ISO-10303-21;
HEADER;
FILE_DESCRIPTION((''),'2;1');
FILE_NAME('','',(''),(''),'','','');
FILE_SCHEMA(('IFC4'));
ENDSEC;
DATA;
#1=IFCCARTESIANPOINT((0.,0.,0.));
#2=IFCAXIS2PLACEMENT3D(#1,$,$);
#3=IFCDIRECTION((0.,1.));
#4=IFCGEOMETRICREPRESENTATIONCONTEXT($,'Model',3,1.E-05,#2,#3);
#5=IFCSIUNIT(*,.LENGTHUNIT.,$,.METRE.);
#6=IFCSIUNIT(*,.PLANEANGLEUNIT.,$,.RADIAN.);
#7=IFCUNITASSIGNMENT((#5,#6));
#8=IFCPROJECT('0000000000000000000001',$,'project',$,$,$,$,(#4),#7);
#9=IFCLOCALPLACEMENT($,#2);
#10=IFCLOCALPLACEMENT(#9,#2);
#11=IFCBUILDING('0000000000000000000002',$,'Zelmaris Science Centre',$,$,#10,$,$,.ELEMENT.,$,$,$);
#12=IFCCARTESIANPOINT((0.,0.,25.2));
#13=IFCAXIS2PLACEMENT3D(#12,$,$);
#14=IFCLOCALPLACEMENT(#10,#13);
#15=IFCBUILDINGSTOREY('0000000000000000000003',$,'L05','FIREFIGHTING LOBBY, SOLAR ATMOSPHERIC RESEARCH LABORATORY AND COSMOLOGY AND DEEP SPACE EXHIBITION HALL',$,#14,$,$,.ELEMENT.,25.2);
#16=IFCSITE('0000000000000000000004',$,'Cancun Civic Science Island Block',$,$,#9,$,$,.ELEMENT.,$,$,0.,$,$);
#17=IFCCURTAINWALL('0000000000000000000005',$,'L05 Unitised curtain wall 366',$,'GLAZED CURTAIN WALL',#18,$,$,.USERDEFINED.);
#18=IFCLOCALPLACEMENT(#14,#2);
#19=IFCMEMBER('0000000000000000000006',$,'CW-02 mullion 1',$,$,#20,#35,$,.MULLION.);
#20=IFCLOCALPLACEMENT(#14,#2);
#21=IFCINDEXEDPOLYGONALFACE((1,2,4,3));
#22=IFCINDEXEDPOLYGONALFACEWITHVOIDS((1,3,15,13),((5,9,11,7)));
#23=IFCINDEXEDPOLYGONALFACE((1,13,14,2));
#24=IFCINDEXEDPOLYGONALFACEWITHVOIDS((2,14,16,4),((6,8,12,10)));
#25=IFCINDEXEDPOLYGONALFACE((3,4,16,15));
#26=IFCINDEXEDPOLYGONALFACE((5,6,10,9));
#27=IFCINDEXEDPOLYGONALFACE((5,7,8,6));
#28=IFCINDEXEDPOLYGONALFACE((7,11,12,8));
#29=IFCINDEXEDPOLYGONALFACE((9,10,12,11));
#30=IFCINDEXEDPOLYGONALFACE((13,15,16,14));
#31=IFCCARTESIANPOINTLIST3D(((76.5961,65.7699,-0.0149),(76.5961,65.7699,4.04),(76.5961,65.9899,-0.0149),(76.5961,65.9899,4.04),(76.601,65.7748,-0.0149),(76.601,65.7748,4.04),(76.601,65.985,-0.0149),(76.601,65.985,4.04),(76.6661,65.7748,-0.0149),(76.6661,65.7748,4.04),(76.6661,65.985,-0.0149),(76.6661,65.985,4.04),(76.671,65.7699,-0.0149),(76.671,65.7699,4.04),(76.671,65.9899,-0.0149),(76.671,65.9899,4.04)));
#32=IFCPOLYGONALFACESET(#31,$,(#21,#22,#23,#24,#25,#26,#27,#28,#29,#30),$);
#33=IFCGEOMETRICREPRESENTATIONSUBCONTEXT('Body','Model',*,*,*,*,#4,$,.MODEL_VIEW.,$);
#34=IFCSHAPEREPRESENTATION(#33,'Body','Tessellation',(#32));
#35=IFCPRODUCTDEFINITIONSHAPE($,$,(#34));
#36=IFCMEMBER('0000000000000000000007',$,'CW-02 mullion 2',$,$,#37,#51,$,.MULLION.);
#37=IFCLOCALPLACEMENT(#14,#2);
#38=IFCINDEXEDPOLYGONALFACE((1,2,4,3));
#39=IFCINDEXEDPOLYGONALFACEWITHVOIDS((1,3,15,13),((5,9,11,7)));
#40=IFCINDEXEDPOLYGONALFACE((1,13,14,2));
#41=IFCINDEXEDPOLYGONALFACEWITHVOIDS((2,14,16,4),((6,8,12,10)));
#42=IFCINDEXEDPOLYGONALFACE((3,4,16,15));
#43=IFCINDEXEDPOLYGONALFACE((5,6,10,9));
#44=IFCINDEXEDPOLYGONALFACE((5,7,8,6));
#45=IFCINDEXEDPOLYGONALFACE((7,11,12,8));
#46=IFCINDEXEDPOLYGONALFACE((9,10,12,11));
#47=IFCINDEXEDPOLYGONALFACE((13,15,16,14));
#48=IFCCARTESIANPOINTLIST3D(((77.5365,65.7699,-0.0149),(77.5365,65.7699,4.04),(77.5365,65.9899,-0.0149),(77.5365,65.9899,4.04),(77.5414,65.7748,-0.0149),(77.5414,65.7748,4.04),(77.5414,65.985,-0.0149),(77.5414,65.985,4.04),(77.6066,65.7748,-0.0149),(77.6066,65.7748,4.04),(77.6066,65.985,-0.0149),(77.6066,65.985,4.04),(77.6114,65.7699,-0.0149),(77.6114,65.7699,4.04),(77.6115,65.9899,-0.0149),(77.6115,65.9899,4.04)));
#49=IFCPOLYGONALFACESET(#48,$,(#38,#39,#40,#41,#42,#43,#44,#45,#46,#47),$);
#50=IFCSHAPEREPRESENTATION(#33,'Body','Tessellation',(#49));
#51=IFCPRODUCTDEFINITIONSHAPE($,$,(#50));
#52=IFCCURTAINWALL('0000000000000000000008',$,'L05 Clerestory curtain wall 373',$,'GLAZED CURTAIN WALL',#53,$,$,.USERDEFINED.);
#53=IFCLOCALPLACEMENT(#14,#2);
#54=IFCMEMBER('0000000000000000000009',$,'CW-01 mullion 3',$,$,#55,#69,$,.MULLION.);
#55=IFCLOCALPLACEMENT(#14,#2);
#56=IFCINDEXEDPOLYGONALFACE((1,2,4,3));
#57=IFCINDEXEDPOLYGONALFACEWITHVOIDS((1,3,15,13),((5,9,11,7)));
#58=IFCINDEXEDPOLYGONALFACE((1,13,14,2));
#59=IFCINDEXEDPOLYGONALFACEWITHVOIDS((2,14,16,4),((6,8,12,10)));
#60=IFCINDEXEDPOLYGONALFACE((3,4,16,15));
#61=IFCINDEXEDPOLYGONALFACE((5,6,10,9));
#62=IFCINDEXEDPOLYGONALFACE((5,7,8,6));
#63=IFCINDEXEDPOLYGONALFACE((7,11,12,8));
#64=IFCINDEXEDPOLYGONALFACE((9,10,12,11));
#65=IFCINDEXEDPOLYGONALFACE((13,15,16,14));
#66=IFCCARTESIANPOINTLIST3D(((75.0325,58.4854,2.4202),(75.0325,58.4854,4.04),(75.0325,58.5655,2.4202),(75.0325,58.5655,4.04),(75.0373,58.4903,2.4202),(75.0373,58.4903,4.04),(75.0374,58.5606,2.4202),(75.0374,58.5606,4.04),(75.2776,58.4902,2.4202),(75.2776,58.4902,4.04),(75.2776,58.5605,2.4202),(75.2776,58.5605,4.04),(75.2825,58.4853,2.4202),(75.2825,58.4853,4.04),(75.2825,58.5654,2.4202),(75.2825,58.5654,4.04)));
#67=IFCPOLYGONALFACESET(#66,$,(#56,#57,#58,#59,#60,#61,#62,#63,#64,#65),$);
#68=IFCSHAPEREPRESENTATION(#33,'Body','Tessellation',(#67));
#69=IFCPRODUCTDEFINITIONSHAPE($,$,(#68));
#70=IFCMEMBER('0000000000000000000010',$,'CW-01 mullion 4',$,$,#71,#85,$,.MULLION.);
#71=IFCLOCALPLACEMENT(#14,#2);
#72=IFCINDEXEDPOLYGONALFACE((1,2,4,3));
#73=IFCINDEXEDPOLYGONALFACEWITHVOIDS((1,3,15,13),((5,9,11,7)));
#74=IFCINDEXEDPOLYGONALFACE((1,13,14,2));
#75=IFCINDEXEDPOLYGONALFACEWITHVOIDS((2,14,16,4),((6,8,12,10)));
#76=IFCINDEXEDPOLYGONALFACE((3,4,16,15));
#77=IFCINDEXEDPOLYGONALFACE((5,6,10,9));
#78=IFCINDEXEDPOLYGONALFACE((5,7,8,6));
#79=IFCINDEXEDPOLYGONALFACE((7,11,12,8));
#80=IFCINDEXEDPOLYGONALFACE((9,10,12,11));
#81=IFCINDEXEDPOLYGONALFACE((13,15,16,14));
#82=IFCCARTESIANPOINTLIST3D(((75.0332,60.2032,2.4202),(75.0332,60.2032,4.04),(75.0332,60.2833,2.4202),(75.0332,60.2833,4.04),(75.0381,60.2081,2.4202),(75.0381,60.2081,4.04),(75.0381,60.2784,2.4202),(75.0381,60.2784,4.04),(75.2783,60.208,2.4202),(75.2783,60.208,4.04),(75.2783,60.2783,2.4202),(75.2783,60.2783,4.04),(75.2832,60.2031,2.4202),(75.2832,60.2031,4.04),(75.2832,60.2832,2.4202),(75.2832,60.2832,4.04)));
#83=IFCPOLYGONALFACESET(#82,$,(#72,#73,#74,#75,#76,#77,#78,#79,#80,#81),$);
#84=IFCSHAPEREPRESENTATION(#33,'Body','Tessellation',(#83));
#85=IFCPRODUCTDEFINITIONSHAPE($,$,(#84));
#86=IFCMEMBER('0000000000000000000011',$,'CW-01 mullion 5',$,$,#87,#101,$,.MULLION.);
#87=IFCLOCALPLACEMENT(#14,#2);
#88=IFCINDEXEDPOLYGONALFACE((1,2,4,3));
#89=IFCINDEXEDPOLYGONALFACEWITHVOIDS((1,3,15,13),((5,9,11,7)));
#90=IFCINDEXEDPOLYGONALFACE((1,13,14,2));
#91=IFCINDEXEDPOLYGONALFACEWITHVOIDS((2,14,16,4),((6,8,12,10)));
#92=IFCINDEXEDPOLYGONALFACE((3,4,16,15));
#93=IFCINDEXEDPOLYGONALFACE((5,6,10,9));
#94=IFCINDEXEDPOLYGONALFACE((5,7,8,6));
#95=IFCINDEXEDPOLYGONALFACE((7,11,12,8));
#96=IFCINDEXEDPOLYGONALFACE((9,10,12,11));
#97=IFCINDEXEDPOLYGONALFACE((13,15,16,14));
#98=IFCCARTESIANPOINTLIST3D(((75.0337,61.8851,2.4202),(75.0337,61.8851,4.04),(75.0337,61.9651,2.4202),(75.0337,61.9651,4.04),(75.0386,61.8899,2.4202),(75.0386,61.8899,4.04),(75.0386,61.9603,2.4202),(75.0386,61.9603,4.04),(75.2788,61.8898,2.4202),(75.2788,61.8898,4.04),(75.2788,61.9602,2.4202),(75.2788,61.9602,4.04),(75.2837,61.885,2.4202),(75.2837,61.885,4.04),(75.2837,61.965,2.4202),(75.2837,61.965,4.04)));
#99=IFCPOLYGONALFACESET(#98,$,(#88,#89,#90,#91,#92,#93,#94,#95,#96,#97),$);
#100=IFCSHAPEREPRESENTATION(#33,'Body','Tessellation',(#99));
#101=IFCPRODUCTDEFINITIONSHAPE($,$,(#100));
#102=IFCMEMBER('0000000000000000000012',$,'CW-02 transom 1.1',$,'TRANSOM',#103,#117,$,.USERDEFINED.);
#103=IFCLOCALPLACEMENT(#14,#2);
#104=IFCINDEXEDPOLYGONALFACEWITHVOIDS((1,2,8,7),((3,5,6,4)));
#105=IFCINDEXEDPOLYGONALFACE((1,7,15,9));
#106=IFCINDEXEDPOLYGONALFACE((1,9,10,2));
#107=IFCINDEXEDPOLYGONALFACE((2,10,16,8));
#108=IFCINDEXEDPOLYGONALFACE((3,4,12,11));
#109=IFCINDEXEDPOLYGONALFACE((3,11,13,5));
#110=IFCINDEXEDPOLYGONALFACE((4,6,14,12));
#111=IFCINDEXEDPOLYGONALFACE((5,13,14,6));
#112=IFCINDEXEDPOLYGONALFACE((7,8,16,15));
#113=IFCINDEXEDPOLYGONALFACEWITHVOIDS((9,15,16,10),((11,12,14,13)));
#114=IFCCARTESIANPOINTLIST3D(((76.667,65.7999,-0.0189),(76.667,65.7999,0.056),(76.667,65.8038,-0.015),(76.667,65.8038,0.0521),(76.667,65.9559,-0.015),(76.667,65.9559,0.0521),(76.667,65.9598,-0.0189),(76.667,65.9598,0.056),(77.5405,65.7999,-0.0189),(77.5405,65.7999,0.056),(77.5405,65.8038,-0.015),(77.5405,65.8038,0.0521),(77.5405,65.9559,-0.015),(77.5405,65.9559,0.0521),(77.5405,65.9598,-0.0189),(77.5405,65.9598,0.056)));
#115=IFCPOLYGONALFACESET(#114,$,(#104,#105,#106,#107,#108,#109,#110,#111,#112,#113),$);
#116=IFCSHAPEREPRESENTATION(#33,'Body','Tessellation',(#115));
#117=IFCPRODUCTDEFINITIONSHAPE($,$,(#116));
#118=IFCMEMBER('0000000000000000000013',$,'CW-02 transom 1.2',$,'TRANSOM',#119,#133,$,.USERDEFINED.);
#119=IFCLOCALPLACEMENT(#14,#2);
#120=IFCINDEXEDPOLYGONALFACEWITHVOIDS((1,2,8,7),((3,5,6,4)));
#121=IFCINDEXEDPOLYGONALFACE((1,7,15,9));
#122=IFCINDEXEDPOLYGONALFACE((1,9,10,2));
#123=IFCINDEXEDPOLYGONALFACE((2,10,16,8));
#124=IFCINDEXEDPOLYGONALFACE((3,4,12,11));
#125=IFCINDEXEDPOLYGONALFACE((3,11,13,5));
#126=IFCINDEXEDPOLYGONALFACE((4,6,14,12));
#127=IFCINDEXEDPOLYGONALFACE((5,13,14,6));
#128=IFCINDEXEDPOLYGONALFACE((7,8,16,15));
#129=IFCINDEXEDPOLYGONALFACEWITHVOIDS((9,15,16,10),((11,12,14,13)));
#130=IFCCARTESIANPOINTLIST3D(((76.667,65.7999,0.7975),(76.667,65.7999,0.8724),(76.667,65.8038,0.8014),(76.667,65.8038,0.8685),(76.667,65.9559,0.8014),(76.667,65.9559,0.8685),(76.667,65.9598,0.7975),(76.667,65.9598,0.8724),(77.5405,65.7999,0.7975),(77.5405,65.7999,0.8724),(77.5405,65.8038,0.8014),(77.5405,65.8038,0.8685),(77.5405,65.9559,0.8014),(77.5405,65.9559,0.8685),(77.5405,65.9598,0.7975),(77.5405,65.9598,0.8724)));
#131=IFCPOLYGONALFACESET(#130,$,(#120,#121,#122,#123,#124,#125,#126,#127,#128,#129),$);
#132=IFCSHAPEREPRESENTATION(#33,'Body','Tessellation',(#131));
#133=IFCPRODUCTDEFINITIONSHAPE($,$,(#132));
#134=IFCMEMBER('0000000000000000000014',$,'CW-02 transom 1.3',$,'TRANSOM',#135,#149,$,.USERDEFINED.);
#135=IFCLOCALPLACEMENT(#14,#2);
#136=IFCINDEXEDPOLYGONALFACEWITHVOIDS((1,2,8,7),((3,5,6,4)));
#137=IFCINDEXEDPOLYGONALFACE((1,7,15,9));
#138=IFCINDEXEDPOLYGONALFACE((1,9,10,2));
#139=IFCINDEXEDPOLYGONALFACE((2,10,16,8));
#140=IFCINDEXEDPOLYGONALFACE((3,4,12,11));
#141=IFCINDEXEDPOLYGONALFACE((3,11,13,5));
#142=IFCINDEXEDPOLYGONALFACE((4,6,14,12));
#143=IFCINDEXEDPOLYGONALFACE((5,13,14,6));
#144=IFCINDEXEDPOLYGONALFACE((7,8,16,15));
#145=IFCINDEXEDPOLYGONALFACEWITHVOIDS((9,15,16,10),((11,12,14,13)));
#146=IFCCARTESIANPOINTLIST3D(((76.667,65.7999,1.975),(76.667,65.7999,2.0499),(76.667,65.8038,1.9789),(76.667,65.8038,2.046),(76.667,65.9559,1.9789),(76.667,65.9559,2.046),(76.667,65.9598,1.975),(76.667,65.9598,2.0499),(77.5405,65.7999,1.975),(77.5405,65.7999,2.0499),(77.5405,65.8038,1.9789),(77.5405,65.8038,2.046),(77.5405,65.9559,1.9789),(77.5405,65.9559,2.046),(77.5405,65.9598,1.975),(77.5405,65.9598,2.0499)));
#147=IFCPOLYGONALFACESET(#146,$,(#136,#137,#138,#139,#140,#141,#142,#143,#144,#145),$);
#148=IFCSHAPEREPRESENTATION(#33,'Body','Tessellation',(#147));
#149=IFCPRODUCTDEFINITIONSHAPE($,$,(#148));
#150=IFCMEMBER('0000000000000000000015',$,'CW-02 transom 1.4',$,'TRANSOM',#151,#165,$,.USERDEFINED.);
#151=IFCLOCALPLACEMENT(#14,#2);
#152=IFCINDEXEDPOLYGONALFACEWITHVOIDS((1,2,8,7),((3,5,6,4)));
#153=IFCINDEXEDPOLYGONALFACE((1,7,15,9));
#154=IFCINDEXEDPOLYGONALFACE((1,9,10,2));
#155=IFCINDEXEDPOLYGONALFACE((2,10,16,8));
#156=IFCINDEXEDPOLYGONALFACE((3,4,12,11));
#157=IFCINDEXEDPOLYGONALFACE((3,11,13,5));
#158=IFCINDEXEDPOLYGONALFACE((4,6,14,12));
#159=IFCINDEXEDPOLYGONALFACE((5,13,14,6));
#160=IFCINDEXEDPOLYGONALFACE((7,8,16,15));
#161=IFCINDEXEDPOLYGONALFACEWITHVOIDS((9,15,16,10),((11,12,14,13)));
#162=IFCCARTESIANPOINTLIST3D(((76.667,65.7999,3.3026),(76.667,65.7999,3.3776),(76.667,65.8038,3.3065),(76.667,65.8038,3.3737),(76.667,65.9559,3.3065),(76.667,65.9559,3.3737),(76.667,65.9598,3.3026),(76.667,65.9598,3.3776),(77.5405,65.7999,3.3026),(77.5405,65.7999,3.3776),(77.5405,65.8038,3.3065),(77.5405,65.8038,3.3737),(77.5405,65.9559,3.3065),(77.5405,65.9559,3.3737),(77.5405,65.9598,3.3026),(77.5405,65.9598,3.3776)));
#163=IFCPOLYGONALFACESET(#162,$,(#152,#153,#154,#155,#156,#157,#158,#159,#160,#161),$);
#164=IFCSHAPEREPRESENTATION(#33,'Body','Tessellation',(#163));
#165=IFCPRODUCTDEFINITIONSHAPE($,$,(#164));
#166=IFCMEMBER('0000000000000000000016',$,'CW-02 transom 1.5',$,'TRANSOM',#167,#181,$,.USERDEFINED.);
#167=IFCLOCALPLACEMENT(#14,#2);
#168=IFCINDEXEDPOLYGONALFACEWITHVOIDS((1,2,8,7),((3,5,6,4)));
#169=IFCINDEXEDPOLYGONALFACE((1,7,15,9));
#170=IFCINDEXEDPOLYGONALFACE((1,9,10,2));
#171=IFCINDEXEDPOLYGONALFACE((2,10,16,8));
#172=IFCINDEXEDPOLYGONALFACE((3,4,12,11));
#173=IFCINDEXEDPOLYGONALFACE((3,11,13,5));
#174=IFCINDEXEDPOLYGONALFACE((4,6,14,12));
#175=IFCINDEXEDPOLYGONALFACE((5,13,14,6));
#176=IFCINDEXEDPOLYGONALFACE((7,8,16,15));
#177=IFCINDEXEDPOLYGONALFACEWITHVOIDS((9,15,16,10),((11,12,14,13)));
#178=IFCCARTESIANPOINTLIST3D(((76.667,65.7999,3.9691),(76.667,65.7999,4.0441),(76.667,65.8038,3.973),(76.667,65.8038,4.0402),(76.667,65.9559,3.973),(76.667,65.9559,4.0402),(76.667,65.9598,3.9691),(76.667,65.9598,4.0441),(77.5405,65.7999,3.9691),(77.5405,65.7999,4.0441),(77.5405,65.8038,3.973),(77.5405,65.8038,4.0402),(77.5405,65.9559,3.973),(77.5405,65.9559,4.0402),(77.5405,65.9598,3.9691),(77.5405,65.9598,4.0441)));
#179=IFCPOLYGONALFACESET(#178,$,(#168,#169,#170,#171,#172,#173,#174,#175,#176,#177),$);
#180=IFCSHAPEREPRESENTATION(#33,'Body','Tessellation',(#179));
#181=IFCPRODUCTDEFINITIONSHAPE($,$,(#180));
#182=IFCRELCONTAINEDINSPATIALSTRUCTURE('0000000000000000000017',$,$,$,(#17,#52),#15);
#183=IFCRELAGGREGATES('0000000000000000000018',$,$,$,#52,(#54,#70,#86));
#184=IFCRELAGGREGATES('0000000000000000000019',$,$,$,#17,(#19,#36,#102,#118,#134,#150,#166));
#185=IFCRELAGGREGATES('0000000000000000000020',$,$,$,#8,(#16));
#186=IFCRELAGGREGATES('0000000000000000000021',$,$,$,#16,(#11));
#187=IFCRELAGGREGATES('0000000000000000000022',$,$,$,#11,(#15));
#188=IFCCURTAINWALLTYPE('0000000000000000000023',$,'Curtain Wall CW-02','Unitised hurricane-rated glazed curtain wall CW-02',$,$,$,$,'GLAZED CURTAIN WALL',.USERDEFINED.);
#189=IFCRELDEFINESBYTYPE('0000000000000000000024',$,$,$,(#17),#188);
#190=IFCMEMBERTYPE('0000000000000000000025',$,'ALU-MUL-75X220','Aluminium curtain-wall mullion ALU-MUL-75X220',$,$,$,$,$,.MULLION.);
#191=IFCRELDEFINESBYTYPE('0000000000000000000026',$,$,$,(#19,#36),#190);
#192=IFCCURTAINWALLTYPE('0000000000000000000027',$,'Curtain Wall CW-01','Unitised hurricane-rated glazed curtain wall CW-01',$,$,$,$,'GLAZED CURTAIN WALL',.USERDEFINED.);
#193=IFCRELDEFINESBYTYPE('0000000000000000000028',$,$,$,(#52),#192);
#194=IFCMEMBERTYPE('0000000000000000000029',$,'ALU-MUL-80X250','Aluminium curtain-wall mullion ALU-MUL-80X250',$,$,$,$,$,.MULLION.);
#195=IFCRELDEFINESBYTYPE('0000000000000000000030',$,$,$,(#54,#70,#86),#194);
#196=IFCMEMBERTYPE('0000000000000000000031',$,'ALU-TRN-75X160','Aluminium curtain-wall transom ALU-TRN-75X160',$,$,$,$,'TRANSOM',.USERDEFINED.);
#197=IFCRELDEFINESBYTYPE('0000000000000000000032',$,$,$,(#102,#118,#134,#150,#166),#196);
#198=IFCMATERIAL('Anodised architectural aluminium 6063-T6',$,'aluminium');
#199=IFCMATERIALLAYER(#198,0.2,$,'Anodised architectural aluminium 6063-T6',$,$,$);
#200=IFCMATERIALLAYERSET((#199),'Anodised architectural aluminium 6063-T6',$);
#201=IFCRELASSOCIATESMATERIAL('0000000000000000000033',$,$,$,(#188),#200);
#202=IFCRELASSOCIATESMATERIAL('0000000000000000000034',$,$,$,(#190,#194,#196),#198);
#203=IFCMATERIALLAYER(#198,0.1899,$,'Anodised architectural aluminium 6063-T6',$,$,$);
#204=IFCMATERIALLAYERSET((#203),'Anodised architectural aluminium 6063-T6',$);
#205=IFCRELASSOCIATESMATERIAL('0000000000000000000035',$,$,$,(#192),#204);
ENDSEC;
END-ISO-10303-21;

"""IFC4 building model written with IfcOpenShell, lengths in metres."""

from ifc_helpers import new_model, si_unit, direction, frame, origin, origin_2d, place, context, subcontext, project, spatial, hollow_rectangle, extrude, material, layer, layer_set, material_profile, profile_set, type_object, element, aggregate, save


model = new_model("IFC4")

# Units and contexts
model_context = context("Model", 3, precision=1e-05, world=origin(), true_north=direction((0.0, 1.0)))
body_context = subcontext(model_context, "Body", "Model", "MODEL_VIEW")
ifc_project = project(units=[si_unit("LENGTHUNIT", "METRE"), si_unit("PLANEANGLEUNIT", "RADIAN")], contexts=[model_context])

# Site, building, storey
site_placement = place(None, origin())
site = spatial("IfcSite", under=ifc_project, at=site_placement, Name="Cancun Civic Science Island Block", CompositionType="ELEMENT", RefElevation=0.0)
building_placement = place(site_placement, origin())
building = spatial("IfcBuilding", under=site, at=building_placement, Name="Zelmaris Science Centre", CompositionType="ELEMENT")
storey_placement = place(building_placement, frame((0.0, 0.0, 25.2)))
storey = spatial("IfcBuildingStorey", under=building, at=storey_placement, Name="L05", Description="FIREFIGHTING LOBBY, SOLAR ATMOSPHERIC RESEARCH LABORATORY AND COSMOLOGY AND DEEP SPACE EXHIBITION HALL", CompositionType="ELEMENT", Elevation=25.2)

# Curtain walls, members
ifc_material_1 = material(Name="Anodised architectural aluminium 6063-T6", Category="aluminium")
ifc_layer_1 = layer(ifc_material_1, 0.2, Name="Anodised architectural aluminium 6063-T6")
ifc_layer_set_1 = layer_set([ifc_layer_1], Name="Anodised architectural aluminium 6063-T6")
curtain_wall_type_1 = type_object("IfcCurtainWallType", Name="Curtain Wall CW-02", Description="Unitised hurricane-rated glazed curtain wall CW-02", ElementType="GLAZED CURTAIN WALL", PredefinedType="USERDEFINED", material=ifc_layer_set_1)
curtain_wall_1_placement = place(storey_placement, origin())
curtain_wall_1 = element("IfcCurtainWall", 1, at=curtain_wall_1_placement, inside=storey, type_object=curtain_wall_type_1, Name="L05 Unitised curtain wall 366", ObjectType="GLAZED CURTAIN WALL", PredefinedType="USERDEFINED")
ifc_material_profile_1 = material_profile(ifc_material_1, hollow_rectangle(XDim=0.075, YDim=0.22, WallThickness=0.0049, at=origin_2d()), Name="ALU-MUL-75X220")
ifc_profile_set_1 = profile_set([ifc_material_profile_1], Name="Anodised architectural aluminium 6063-T6")
member_type_1 = type_object("IfcMemberType", Name="ALU-MUL-75X220", Description="Aluminium curtain-wall mullion ALU-MUL-75X220", PredefinedType="MULLION", material=ifc_profile_set_1)
member_1_placement = place(storey_placement, frame((76.6335, 65.8799, -0.0149), z_axis=(0.0, 0.0, 1.0), x_axis=(1.0, -0.000007, 0.0)))
member_1 = element("IfcMember", 2, at=member_1_placement, type_object=member_type_1, Name="CW-02 mullion 1", PredefinedType="MULLION", context=body_context, shape_type="SweptSolid", body=[
    extrude(hollow_rectangle(XDim=0.075, YDim=0.22, WallThickness=0.0049, at=origin_2d()), origin(), (0.0, 0.0, 1.0), 4.0549),
])
member_2_placement = place(storey_placement, frame((77.574, 65.8799, -0.0149), z_axis=(0.0, 0.0, 1.0), x_axis=(1.0, -0.000007, 0.0)))
member_2 = element("IfcMember", 3, at=member_2_placement, type_object=member_type_1, Name="CW-02 mullion 2", PredefinedType="MULLION", context=body_context, shape_type="SweptSolid", body=[
    extrude(hollow_rectangle(XDim=0.075, YDim=0.22, WallThickness=0.0049, at=origin_2d()), origin(), (0.0, 0.0, 1.0), 4.0549),
])
ifc_layer_2 = layer(ifc_material_1, 0.1899, Name="Anodised architectural aluminium 6063-T6")
ifc_layer_set_2 = layer_set([ifc_layer_2], Name="Anodised architectural aluminium 6063-T6")
curtain_wall_type_2 = type_object("IfcCurtainWallType", Name="Curtain Wall CW-01", Description="Unitised hurricane-rated glazed curtain wall CW-01", ElementType="GLAZED CURTAIN WALL", PredefinedType="USERDEFINED", material=ifc_layer_set_2)
curtain_wall_2_placement = place(storey_placement, origin())
curtain_wall_2 = element("IfcCurtainWall", 4, at=curtain_wall_2_placement, inside=storey, type_object=curtain_wall_type_2, Name="L05 Clerestory curtain wall 373", ObjectType="GLAZED CURTAIN WALL", PredefinedType="USERDEFINED")
ifc_material_profile_2 = material_profile(ifc_material_1, hollow_rectangle(XDim=0.0801, YDim=0.25, WallThickness=0.0049, at=origin_2d()), Name="ALU-MUL-80X250")
ifc_profile_set_2 = profile_set([ifc_material_profile_2], Name="Anodised architectural aluminium 6063-T6")
member_type_2 = type_object("IfcMemberType", Name="ALU-MUL-80X250", Description="Aluminium curtain-wall mullion ALU-MUL-80X250", PredefinedType="MULLION", material=ifc_profile_set_2)
member_3_placement = place(storey_placement, frame((75.1575, 58.5254, 2.4202), z_axis=(0.0, 0.0, 1.0), x_axis=(0.000379, 1.0, 0.0)))
member_3 = element("IfcMember", 5, at=member_3_placement, type_object=member_type_2, Name="CW-01 mullion 3", PredefinedType="MULLION", context=body_context, shape_type="SweptSolid", body=[
    extrude(hollow_rectangle(XDim=0.0801, YDim=0.25, WallThickness=0.0049, at=origin_2d()), origin(), (0.0, 0.0, 1.0), 1.6199),
])
member_4_placement = place(storey_placement, frame((75.1582, 60.2432, 2.4202), z_axis=(0.0, 0.0, 1.0), x_axis=(0.000379, 1.0, 0.0)))
member_4 = element("IfcMember", 6, at=member_4_placement, type_object=member_type_2, Name="CW-01 mullion 4", PredefinedType="MULLION", context=body_context, shape_type="SweptSolid", body=[
    extrude(hollow_rectangle(XDim=0.0801, YDim=0.25, WallThickness=0.0049, at=origin_2d()), origin(), (0.0, 0.0, 1.0), 1.6199),
])
member_5_placement = place(storey_placement, frame((75.1587, 61.925, 2.4202), z_axis=(0.0, 0.0, 1.0), x_axis=(0.000379, 1.0, 0.0)))
member_5 = element("IfcMember", 7, at=member_5_placement, type_object=member_type_2, Name="CW-01 mullion 5", PredefinedType="MULLION", context=body_context, shape_type="SweptSolid", body=[
    extrude(hollow_rectangle(XDim=0.0801, YDim=0.25, WallThickness=0.0049, at=origin_2d()), origin(), (0.0, 0.0, 1.0), 1.6199),
])

# Members
ifc_material_profile_3 = material_profile(ifc_material_1, hollow_rectangle(XDim=0.075, YDim=0.1599, WallThickness=0.0039, at=origin_2d()), Name="ALU-TRN-75X160")
ifc_profile_set_3 = profile_set([ifc_material_profile_3], Name="Anodised architectural aluminium 6063-T6")
member_type_3 = type_object("IfcMemberType", Name="ALU-TRN-75X160", Description="Aluminium curtain-wall transom ALU-TRN-75X160", ElementType="TRANSOM", PredefinedType="USERDEFINED", material=ifc_profile_set_3)
member_6_placement = place(storey_placement, frame((76.667, 65.8799, 0.0186), z_axis=(1.0, 0.0, 0.0), x_axis=(0.0, 0.0, 1.0)))
member_6 = element("IfcMember", 8, at=member_6_placement, type_object=member_type_3, Name="CW-02 transom 1.1", ObjectType="TRANSOM", PredefinedType="USERDEFINED", context=body_context, shape_type="SweptSolid", body=[
    extrude(hollow_rectangle(XDim=0.075, YDim=0.1599, WallThickness=0.0039, at=origin_2d()), origin(), (0.0, 0.0, 1.0), 0.8735),
])
member_7_placement = place(storey_placement, frame((76.667, 65.8799, 0.835), z_axis=(1.0, 0.0, 0.0), x_axis=(0.0, 0.0, 1.0)))
member_7 = element("IfcMember", 9, at=member_7_placement, type_object=member_type_3, Name="CW-02 transom 1.2", ObjectType="TRANSOM", PredefinedType="USERDEFINED", context=body_context, shape_type="SweptSolid", body=[
    extrude(hollow_rectangle(XDim=0.075, YDim=0.1599, WallThickness=0.0039, at=origin_2d()), origin(), (0.0, 0.0, 1.0), 0.8735),
])
member_8_placement = place(storey_placement, frame((76.667, 65.8799, 2.0125), z_axis=(1.0, 0.0, 0.0), x_axis=(0.0, 0.0, 1.0)))
member_8 = element("IfcMember", 10, at=member_8_placement, type_object=member_type_3, Name="CW-02 transom 1.3", ObjectType="TRANSOM", PredefinedType="USERDEFINED", context=body_context, shape_type="SweptSolid", body=[
    extrude(hollow_rectangle(XDim=0.075, YDim=0.1599, WallThickness=0.0039, at=origin_2d()), origin(), (0.0, 0.0, 1.0), 0.8735),
])
member_9_placement = place(storey_placement, frame((76.667, 65.8799, 3.3401), z_axis=(1.0, 0.0, 0.0), x_axis=(0.0, 0.0, 1.0)))
member_9 = element("IfcMember", 11, at=member_9_placement, type_object=member_type_3, Name="CW-02 transom 1.4", ObjectType="TRANSOM", PredefinedType="USERDEFINED", context=body_context, shape_type="SweptSolid", body=[
    extrude(hollow_rectangle(XDim=0.075, YDim=0.1599, WallThickness=0.0039, at=origin_2d()), origin(), (0.0, 0.0, 1.0), 0.8735),
])
member_10_placement = place(storey_placement, frame((76.667, 65.8799, 4.0066), z_axis=(1.0, 0.0, 0.0), x_axis=(0.0, 0.0, 1.0)))
member_10 = element("IfcMember", 12, at=member_10_placement, type_object=member_type_3, Name="CW-02 transom 1.5", ObjectType="TRANSOM", PredefinedType="USERDEFINED", context=body_context, shape_type="SweptSolid", body=[
    extrude(hollow_rectangle(XDim=0.075, YDim=0.1599, WallThickness=0.0039, at=origin_2d()), origin(), (0.0, 0.0, 1.0), 0.8735),
])

aggregate(curtain_wall_2, [member_3, member_4, member_5])
aggregate(curtain_wall_1, [member_1, member_2, member_6, member_7, member_8, member_9, member_10])

save(model, "model.ifc")
